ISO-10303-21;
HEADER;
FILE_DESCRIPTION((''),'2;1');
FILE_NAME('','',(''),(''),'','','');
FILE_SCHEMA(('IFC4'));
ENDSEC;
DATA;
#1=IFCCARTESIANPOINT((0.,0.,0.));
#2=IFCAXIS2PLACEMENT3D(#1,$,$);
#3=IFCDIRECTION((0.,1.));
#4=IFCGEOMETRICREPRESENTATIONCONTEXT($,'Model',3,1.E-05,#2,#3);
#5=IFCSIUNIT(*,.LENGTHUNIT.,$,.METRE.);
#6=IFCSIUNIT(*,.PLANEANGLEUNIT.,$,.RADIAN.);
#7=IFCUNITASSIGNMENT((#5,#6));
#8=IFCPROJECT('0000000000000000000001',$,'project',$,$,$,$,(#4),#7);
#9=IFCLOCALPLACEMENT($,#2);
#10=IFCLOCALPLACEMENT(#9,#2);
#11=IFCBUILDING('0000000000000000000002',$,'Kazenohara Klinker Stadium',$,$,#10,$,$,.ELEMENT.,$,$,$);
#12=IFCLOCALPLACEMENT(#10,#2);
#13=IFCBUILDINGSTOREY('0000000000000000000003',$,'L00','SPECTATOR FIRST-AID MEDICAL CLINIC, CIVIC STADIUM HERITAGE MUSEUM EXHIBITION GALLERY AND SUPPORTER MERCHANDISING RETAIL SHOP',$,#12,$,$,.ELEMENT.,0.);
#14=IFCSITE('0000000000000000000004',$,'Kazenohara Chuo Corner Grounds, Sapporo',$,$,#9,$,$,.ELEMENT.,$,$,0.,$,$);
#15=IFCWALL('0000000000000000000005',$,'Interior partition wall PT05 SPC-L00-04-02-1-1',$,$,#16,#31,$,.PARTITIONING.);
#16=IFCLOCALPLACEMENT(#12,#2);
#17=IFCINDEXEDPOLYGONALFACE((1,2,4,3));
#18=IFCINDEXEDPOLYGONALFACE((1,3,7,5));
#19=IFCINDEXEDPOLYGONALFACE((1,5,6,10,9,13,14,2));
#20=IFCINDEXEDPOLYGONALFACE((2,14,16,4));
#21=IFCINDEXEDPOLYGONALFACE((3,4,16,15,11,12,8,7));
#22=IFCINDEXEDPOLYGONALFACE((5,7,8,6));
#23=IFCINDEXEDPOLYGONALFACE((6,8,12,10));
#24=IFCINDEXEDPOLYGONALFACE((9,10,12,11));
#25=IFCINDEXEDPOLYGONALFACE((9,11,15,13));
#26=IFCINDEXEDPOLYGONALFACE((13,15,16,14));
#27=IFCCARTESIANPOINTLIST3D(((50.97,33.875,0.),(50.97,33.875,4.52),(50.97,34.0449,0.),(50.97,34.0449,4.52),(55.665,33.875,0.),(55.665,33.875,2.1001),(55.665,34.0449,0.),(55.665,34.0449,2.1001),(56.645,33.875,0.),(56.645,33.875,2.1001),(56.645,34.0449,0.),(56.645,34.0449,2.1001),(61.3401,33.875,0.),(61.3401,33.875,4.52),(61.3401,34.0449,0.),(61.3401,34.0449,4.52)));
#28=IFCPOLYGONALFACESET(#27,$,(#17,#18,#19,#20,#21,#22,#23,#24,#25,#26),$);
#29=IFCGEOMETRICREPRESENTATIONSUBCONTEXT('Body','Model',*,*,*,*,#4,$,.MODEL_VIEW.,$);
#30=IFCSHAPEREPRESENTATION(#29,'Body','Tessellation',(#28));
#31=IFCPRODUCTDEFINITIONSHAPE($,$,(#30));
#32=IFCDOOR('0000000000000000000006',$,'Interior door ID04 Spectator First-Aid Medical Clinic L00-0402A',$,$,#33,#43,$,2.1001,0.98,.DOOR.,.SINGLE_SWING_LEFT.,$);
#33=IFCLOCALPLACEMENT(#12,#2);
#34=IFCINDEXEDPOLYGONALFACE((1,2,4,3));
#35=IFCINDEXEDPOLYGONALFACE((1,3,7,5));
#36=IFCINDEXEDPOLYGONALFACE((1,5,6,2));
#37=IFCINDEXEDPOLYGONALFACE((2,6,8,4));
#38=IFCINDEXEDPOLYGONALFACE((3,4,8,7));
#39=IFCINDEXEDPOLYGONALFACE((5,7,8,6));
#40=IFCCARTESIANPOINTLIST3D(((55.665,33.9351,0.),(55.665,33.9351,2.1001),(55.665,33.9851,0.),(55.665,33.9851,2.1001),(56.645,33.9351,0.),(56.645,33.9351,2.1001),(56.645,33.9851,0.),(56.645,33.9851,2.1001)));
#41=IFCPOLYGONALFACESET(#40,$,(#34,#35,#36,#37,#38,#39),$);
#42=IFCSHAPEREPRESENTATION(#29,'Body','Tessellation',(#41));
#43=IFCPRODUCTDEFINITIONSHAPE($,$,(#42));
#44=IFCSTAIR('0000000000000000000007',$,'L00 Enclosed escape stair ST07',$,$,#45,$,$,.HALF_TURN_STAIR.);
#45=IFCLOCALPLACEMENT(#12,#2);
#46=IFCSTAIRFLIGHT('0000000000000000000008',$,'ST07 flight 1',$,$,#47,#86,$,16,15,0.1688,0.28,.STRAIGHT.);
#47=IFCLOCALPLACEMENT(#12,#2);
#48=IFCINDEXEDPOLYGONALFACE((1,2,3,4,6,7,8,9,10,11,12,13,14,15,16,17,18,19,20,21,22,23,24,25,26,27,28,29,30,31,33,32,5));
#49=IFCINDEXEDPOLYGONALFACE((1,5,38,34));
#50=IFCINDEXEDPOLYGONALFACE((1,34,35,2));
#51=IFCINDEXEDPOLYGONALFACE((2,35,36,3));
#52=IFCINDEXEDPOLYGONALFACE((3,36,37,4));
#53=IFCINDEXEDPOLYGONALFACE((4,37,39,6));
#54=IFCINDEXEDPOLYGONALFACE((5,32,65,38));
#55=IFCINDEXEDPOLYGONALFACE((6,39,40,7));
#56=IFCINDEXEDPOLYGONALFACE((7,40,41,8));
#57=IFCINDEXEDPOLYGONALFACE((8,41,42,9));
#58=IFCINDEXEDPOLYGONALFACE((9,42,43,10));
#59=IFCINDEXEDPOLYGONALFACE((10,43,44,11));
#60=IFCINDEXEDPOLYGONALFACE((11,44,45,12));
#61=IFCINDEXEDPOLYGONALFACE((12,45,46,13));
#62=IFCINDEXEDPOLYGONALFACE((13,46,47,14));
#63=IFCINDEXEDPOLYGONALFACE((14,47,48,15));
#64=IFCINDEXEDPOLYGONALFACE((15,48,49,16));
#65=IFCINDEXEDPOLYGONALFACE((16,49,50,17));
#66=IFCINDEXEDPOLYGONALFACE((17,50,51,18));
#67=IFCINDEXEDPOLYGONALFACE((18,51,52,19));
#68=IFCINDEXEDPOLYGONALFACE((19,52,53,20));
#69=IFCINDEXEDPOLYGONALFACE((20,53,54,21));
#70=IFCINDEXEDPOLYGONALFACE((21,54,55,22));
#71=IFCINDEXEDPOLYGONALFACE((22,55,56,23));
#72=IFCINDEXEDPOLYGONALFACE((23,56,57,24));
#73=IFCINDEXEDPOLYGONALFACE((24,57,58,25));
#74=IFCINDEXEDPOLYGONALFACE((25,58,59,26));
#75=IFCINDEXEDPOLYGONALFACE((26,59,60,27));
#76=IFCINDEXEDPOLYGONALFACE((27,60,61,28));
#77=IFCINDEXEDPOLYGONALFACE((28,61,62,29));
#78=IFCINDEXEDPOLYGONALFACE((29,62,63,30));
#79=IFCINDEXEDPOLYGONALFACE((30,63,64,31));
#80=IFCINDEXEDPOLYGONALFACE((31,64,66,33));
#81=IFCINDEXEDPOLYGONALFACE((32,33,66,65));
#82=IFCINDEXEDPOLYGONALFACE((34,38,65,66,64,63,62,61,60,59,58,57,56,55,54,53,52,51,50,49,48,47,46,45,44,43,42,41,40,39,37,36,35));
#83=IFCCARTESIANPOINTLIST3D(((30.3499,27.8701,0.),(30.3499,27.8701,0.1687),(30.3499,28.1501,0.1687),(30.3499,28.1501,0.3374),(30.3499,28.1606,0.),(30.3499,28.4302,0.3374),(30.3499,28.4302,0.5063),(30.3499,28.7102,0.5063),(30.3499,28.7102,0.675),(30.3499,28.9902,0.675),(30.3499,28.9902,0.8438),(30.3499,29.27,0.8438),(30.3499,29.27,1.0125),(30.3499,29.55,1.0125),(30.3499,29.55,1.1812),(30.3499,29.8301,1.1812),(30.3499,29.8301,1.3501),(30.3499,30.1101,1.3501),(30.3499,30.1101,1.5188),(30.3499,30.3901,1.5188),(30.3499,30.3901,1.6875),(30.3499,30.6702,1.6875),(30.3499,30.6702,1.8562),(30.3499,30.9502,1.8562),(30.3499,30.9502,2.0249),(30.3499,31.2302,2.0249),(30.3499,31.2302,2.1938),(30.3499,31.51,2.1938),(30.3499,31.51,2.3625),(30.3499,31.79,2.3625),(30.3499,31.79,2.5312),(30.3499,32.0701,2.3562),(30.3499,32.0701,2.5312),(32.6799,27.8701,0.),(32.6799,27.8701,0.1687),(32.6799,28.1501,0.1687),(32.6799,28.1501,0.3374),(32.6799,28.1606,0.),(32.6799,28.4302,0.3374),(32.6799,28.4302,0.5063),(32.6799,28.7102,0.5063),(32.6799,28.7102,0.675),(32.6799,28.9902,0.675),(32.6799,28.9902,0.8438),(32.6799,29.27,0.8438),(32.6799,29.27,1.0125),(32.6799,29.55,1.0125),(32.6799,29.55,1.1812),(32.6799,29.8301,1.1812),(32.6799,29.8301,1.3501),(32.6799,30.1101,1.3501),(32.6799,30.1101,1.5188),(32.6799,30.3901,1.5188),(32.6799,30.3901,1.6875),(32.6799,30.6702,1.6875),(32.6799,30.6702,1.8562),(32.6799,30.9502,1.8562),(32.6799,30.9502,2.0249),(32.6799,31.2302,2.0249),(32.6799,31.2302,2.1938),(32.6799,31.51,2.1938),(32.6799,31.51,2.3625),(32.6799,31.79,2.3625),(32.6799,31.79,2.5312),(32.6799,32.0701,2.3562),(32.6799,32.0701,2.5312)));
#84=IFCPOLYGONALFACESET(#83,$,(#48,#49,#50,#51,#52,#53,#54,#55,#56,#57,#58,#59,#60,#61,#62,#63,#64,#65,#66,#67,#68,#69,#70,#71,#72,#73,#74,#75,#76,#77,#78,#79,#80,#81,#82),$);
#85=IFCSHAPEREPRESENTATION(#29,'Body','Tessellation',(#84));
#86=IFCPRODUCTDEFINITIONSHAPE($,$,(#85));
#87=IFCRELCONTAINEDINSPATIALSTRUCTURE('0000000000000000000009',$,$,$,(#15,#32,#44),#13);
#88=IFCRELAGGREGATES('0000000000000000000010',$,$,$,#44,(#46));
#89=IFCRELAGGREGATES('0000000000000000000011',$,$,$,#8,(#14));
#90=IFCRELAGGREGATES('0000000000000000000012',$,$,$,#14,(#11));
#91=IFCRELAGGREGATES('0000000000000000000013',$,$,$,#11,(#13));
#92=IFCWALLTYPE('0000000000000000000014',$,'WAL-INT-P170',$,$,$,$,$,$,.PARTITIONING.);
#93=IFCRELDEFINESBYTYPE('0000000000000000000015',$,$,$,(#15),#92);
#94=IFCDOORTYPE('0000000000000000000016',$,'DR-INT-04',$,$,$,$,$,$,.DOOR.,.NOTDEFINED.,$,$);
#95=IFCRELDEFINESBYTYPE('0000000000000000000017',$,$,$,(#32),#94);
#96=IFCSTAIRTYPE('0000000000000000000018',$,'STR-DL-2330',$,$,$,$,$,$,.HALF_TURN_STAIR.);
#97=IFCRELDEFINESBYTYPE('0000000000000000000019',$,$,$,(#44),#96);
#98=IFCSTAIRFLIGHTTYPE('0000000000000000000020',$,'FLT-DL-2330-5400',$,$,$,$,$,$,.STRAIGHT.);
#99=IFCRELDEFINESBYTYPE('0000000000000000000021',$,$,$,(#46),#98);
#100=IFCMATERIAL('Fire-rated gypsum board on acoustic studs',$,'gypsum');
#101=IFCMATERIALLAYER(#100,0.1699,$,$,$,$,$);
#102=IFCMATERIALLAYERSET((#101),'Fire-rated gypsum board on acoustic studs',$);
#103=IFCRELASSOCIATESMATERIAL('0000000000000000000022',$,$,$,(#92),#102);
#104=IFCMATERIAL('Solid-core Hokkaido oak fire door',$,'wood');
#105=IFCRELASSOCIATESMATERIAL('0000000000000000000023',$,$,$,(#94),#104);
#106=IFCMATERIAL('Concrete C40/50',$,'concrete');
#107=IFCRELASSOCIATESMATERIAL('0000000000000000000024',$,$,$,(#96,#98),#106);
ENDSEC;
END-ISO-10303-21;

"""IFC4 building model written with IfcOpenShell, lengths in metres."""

from ifc_helpers import new_model, si_unit, direction, frame, frame_2d, origin, place, context, subcontext, project, spatial, polyline, rectangle, outline, extrude, material, layer, layer_set, type_object, element, fill, aggregate, save


model = new_model("IFC4")

# Units and contexts
model_context = context("Model", 3, precision=1e-05, world=origin(), true_north=direction((0.0, 1.0)))
body_context = subcontext(model_context, "Body", "Model", "MODEL_VIEW")
ifc_project = project(units=[si_unit("LENGTHUNIT", "METRE"), si_unit("PLANEANGLEUNIT", "RADIAN")], contexts=[model_context])

# Site, building, storey
site_placement = place(None, origin())
site = spatial("IfcSite", under=ifc_project, at=site_placement, Name="Kazenohara Chuo Corner Grounds, Sapporo", CompositionType="ELEMENT", RefElevation=0.0)
building_placement = place(site_placement, origin())
building = spatial("IfcBuilding", under=site, at=building_placement, Name="Kazenohara Klinker Stadium", CompositionType="ELEMENT")
storey_placement = place(building_placement, origin())
storey = spatial("IfcBuildingStorey", under=building, at=storey_placement, Name="L00", Description="SPECTATOR FIRST-AID MEDICAL CLINIC, CIVIC STADIUM HERITAGE MUSEUM EXHIBITION GALLERY AND SUPPORTER MERCHANDISING RETAIL SHOP", CompositionType="ELEMENT", Elevation=0.0)

# Shared definitions
ifc_material_1 = material(Name="Concrete C40/50", Category="concrete")

# Shared definitions
ifc_material_2 = material(Name="Fire-rated gypsum board on acoustic studs", Category="gypsum")

# Shared definitions
ifc_material_3 = material(Name="Solid-core Hokkaido oak fire door", Category="wood")

# Wall, opening, door
ifc_layer_1 = layer(ifc_material_2, 0.1699)
ifc_layer_set_1 = layer_set([ifc_layer_1], Name="Fire-rated gypsum board on acoustic studs")
wall_type_1 = type_object("IfcWallType", Name="WAL-INT-P170", PredefinedType="PARTITIONING", material=ifc_layer_set_1)
wall_1_placement = place(storey_placement, frame((50.97, 33.96, 0.0), z_axis=(0.0, 0.0, 1.0), x_axis=(1.0, 0.0, 0.0)))
wall_1 = element("IfcWall", 1, at=wall_1_placement, inside=storey, type_object=wall_type_1, Name="Interior partition wall PT05 SPC-L00-04-02-1-1", PredefinedType="PARTITIONING", context=body_context, shape_type="SweptSolid", body=[
    extrude(rectangle(XDim=10.3701, YDim=0.1699, at=frame_2d((5.1851, 0.0))), origin(), (0.0, 0.0, 1.0), 4.52),
])
opening_1_placement = place(wall_1_placement, frame((5.675, 0.0, 0.0), z_axis=(0.0, 0.0, 1.0), x_axis=(-1.0, 0.0, 0.0)))
opening_1 = element("IfcOpeningElement", 2, at=opening_1_placement, cuts=wall_1, PredefinedType="OPENING", context=body_context, shape_type="SweptSolid", body=[
    extrude(rectangle(XDim=0.98, YDim=2.1001, at=frame_2d((0.49, 1.05))), frame((0.0, 0.095, 0.0), z_axis=(0.0, -1.0, 0.0), x_axis=(1.0, 0.0, 0.0)), (0.0, 0.0, 1.0), 0.1899),
])
door_type_1 = type_object("IfcDoorType", Name="DR-INT-04", OperationType="NOTDEFINED", PredefinedType="DOOR", material=ifc_material_3)
door_1_placement = place(opening_1_placement, origin())
door_1 = element("IfcDoor", 3, at=door_1_placement, inside=storey, type_object=door_type_1, Name="Interior door ID04 Spectator First-Aid Medical Clinic L00-0402A", OperationType="SINGLE_SWING_LEFT", OverallHeight=2.1001, OverallWidth=0.98, PredefinedType="DOOR", context=body_context, shape_type="SweptSolid", body=[
    extrude(rectangle(XDim=0.98, YDim=2.1001, at=frame_2d((0.49, 1.05))), frame((0.0, 0.0249, 0.0), z_axis=(0.0, -1.0, 0.0), x_axis=(1.0, 0.0, 0.0)), (0.0, 0.0, 1.0), 0.05),
])
fill(opening_1, door_1)

# Stair, stair flight
stair_type = type_object("IfcStairType", Name="STR-DL-2330", PredefinedType="HALF_TURN_STAIR", material=ifc_material_1)
stair_placement = place(storey_placement, origin())
stair = element("IfcStair", 4, at=stair_placement, inside=storey, type_object=stair_type, Name="L00 Enclosed escape stair ST07", PredefinedType="HALF_TURN_STAIR")
stair_flight_type = type_object("IfcStairFlightType", Name="FLT-DL-2330-5400", PredefinedType="STRAIGHT", material=ifc_material_1)
stair_flight_placement = place(storey_placement, frame((31.5149, 27.8701, 0.0), z_axis=(0.0, 0.0, 1.0), x_axis=(0.0, 1.0, 0.0)))
stair_flight = element("IfcStairFlight", 5, at=stair_flight_placement, type_object=stair_flight_type, Name="ST07 flight 1", NumberOfRisers=16, NumberOfTreads=15, PredefinedType="STRAIGHT", RiserHeight=0.1688, TreadLength=0.28, context=body_context, shape_type="SweptSolid", body=[
    extrude(outline(polyline([(0.0, 0.0), (0.0, 0.1687), (0.28, 0.1687), (0.28, 0.3374), (0.5601, 0.3374), (0.5601, 0.5063), (0.8401, 0.5063), (0.8401, 0.675), (1.1201, 0.675), (1.1201, 0.8438), (1.3999, 0.8438), (1.3999, 1.0125), (1.6799, 1.0125), (1.6799, 1.1812), (1.96, 1.1812), (1.96, 1.3501), (2.24, 1.3501), (2.24, 1.5188), (2.52, 1.5188), (2.52, 1.6875), (2.8, 1.6875), (2.8, 1.8562), (3.0801, 1.8562), (3.0801, 2.0249), (3.3601, 2.0249), (3.3601, 2.1938), (3.6399, 2.1938), (3.6399, 2.3625), (3.9199, 2.3625), (3.9199, 2.5312), (4.2, 2.5312), (4.2, 2.7), (4.2, 2.3562), (0.2905, 0.0), (0.0, 0.0)])), frame((0.0, 1.165, 0.0), z_axis=(0.0, -1.0, 0.0), x_axis=(1.0, 0.0, 0.0)), (0.0, 0.0, 1.0), 2.3301),
])
aggregate(stair, [stair_flight])

save(model, "model.ifc")
